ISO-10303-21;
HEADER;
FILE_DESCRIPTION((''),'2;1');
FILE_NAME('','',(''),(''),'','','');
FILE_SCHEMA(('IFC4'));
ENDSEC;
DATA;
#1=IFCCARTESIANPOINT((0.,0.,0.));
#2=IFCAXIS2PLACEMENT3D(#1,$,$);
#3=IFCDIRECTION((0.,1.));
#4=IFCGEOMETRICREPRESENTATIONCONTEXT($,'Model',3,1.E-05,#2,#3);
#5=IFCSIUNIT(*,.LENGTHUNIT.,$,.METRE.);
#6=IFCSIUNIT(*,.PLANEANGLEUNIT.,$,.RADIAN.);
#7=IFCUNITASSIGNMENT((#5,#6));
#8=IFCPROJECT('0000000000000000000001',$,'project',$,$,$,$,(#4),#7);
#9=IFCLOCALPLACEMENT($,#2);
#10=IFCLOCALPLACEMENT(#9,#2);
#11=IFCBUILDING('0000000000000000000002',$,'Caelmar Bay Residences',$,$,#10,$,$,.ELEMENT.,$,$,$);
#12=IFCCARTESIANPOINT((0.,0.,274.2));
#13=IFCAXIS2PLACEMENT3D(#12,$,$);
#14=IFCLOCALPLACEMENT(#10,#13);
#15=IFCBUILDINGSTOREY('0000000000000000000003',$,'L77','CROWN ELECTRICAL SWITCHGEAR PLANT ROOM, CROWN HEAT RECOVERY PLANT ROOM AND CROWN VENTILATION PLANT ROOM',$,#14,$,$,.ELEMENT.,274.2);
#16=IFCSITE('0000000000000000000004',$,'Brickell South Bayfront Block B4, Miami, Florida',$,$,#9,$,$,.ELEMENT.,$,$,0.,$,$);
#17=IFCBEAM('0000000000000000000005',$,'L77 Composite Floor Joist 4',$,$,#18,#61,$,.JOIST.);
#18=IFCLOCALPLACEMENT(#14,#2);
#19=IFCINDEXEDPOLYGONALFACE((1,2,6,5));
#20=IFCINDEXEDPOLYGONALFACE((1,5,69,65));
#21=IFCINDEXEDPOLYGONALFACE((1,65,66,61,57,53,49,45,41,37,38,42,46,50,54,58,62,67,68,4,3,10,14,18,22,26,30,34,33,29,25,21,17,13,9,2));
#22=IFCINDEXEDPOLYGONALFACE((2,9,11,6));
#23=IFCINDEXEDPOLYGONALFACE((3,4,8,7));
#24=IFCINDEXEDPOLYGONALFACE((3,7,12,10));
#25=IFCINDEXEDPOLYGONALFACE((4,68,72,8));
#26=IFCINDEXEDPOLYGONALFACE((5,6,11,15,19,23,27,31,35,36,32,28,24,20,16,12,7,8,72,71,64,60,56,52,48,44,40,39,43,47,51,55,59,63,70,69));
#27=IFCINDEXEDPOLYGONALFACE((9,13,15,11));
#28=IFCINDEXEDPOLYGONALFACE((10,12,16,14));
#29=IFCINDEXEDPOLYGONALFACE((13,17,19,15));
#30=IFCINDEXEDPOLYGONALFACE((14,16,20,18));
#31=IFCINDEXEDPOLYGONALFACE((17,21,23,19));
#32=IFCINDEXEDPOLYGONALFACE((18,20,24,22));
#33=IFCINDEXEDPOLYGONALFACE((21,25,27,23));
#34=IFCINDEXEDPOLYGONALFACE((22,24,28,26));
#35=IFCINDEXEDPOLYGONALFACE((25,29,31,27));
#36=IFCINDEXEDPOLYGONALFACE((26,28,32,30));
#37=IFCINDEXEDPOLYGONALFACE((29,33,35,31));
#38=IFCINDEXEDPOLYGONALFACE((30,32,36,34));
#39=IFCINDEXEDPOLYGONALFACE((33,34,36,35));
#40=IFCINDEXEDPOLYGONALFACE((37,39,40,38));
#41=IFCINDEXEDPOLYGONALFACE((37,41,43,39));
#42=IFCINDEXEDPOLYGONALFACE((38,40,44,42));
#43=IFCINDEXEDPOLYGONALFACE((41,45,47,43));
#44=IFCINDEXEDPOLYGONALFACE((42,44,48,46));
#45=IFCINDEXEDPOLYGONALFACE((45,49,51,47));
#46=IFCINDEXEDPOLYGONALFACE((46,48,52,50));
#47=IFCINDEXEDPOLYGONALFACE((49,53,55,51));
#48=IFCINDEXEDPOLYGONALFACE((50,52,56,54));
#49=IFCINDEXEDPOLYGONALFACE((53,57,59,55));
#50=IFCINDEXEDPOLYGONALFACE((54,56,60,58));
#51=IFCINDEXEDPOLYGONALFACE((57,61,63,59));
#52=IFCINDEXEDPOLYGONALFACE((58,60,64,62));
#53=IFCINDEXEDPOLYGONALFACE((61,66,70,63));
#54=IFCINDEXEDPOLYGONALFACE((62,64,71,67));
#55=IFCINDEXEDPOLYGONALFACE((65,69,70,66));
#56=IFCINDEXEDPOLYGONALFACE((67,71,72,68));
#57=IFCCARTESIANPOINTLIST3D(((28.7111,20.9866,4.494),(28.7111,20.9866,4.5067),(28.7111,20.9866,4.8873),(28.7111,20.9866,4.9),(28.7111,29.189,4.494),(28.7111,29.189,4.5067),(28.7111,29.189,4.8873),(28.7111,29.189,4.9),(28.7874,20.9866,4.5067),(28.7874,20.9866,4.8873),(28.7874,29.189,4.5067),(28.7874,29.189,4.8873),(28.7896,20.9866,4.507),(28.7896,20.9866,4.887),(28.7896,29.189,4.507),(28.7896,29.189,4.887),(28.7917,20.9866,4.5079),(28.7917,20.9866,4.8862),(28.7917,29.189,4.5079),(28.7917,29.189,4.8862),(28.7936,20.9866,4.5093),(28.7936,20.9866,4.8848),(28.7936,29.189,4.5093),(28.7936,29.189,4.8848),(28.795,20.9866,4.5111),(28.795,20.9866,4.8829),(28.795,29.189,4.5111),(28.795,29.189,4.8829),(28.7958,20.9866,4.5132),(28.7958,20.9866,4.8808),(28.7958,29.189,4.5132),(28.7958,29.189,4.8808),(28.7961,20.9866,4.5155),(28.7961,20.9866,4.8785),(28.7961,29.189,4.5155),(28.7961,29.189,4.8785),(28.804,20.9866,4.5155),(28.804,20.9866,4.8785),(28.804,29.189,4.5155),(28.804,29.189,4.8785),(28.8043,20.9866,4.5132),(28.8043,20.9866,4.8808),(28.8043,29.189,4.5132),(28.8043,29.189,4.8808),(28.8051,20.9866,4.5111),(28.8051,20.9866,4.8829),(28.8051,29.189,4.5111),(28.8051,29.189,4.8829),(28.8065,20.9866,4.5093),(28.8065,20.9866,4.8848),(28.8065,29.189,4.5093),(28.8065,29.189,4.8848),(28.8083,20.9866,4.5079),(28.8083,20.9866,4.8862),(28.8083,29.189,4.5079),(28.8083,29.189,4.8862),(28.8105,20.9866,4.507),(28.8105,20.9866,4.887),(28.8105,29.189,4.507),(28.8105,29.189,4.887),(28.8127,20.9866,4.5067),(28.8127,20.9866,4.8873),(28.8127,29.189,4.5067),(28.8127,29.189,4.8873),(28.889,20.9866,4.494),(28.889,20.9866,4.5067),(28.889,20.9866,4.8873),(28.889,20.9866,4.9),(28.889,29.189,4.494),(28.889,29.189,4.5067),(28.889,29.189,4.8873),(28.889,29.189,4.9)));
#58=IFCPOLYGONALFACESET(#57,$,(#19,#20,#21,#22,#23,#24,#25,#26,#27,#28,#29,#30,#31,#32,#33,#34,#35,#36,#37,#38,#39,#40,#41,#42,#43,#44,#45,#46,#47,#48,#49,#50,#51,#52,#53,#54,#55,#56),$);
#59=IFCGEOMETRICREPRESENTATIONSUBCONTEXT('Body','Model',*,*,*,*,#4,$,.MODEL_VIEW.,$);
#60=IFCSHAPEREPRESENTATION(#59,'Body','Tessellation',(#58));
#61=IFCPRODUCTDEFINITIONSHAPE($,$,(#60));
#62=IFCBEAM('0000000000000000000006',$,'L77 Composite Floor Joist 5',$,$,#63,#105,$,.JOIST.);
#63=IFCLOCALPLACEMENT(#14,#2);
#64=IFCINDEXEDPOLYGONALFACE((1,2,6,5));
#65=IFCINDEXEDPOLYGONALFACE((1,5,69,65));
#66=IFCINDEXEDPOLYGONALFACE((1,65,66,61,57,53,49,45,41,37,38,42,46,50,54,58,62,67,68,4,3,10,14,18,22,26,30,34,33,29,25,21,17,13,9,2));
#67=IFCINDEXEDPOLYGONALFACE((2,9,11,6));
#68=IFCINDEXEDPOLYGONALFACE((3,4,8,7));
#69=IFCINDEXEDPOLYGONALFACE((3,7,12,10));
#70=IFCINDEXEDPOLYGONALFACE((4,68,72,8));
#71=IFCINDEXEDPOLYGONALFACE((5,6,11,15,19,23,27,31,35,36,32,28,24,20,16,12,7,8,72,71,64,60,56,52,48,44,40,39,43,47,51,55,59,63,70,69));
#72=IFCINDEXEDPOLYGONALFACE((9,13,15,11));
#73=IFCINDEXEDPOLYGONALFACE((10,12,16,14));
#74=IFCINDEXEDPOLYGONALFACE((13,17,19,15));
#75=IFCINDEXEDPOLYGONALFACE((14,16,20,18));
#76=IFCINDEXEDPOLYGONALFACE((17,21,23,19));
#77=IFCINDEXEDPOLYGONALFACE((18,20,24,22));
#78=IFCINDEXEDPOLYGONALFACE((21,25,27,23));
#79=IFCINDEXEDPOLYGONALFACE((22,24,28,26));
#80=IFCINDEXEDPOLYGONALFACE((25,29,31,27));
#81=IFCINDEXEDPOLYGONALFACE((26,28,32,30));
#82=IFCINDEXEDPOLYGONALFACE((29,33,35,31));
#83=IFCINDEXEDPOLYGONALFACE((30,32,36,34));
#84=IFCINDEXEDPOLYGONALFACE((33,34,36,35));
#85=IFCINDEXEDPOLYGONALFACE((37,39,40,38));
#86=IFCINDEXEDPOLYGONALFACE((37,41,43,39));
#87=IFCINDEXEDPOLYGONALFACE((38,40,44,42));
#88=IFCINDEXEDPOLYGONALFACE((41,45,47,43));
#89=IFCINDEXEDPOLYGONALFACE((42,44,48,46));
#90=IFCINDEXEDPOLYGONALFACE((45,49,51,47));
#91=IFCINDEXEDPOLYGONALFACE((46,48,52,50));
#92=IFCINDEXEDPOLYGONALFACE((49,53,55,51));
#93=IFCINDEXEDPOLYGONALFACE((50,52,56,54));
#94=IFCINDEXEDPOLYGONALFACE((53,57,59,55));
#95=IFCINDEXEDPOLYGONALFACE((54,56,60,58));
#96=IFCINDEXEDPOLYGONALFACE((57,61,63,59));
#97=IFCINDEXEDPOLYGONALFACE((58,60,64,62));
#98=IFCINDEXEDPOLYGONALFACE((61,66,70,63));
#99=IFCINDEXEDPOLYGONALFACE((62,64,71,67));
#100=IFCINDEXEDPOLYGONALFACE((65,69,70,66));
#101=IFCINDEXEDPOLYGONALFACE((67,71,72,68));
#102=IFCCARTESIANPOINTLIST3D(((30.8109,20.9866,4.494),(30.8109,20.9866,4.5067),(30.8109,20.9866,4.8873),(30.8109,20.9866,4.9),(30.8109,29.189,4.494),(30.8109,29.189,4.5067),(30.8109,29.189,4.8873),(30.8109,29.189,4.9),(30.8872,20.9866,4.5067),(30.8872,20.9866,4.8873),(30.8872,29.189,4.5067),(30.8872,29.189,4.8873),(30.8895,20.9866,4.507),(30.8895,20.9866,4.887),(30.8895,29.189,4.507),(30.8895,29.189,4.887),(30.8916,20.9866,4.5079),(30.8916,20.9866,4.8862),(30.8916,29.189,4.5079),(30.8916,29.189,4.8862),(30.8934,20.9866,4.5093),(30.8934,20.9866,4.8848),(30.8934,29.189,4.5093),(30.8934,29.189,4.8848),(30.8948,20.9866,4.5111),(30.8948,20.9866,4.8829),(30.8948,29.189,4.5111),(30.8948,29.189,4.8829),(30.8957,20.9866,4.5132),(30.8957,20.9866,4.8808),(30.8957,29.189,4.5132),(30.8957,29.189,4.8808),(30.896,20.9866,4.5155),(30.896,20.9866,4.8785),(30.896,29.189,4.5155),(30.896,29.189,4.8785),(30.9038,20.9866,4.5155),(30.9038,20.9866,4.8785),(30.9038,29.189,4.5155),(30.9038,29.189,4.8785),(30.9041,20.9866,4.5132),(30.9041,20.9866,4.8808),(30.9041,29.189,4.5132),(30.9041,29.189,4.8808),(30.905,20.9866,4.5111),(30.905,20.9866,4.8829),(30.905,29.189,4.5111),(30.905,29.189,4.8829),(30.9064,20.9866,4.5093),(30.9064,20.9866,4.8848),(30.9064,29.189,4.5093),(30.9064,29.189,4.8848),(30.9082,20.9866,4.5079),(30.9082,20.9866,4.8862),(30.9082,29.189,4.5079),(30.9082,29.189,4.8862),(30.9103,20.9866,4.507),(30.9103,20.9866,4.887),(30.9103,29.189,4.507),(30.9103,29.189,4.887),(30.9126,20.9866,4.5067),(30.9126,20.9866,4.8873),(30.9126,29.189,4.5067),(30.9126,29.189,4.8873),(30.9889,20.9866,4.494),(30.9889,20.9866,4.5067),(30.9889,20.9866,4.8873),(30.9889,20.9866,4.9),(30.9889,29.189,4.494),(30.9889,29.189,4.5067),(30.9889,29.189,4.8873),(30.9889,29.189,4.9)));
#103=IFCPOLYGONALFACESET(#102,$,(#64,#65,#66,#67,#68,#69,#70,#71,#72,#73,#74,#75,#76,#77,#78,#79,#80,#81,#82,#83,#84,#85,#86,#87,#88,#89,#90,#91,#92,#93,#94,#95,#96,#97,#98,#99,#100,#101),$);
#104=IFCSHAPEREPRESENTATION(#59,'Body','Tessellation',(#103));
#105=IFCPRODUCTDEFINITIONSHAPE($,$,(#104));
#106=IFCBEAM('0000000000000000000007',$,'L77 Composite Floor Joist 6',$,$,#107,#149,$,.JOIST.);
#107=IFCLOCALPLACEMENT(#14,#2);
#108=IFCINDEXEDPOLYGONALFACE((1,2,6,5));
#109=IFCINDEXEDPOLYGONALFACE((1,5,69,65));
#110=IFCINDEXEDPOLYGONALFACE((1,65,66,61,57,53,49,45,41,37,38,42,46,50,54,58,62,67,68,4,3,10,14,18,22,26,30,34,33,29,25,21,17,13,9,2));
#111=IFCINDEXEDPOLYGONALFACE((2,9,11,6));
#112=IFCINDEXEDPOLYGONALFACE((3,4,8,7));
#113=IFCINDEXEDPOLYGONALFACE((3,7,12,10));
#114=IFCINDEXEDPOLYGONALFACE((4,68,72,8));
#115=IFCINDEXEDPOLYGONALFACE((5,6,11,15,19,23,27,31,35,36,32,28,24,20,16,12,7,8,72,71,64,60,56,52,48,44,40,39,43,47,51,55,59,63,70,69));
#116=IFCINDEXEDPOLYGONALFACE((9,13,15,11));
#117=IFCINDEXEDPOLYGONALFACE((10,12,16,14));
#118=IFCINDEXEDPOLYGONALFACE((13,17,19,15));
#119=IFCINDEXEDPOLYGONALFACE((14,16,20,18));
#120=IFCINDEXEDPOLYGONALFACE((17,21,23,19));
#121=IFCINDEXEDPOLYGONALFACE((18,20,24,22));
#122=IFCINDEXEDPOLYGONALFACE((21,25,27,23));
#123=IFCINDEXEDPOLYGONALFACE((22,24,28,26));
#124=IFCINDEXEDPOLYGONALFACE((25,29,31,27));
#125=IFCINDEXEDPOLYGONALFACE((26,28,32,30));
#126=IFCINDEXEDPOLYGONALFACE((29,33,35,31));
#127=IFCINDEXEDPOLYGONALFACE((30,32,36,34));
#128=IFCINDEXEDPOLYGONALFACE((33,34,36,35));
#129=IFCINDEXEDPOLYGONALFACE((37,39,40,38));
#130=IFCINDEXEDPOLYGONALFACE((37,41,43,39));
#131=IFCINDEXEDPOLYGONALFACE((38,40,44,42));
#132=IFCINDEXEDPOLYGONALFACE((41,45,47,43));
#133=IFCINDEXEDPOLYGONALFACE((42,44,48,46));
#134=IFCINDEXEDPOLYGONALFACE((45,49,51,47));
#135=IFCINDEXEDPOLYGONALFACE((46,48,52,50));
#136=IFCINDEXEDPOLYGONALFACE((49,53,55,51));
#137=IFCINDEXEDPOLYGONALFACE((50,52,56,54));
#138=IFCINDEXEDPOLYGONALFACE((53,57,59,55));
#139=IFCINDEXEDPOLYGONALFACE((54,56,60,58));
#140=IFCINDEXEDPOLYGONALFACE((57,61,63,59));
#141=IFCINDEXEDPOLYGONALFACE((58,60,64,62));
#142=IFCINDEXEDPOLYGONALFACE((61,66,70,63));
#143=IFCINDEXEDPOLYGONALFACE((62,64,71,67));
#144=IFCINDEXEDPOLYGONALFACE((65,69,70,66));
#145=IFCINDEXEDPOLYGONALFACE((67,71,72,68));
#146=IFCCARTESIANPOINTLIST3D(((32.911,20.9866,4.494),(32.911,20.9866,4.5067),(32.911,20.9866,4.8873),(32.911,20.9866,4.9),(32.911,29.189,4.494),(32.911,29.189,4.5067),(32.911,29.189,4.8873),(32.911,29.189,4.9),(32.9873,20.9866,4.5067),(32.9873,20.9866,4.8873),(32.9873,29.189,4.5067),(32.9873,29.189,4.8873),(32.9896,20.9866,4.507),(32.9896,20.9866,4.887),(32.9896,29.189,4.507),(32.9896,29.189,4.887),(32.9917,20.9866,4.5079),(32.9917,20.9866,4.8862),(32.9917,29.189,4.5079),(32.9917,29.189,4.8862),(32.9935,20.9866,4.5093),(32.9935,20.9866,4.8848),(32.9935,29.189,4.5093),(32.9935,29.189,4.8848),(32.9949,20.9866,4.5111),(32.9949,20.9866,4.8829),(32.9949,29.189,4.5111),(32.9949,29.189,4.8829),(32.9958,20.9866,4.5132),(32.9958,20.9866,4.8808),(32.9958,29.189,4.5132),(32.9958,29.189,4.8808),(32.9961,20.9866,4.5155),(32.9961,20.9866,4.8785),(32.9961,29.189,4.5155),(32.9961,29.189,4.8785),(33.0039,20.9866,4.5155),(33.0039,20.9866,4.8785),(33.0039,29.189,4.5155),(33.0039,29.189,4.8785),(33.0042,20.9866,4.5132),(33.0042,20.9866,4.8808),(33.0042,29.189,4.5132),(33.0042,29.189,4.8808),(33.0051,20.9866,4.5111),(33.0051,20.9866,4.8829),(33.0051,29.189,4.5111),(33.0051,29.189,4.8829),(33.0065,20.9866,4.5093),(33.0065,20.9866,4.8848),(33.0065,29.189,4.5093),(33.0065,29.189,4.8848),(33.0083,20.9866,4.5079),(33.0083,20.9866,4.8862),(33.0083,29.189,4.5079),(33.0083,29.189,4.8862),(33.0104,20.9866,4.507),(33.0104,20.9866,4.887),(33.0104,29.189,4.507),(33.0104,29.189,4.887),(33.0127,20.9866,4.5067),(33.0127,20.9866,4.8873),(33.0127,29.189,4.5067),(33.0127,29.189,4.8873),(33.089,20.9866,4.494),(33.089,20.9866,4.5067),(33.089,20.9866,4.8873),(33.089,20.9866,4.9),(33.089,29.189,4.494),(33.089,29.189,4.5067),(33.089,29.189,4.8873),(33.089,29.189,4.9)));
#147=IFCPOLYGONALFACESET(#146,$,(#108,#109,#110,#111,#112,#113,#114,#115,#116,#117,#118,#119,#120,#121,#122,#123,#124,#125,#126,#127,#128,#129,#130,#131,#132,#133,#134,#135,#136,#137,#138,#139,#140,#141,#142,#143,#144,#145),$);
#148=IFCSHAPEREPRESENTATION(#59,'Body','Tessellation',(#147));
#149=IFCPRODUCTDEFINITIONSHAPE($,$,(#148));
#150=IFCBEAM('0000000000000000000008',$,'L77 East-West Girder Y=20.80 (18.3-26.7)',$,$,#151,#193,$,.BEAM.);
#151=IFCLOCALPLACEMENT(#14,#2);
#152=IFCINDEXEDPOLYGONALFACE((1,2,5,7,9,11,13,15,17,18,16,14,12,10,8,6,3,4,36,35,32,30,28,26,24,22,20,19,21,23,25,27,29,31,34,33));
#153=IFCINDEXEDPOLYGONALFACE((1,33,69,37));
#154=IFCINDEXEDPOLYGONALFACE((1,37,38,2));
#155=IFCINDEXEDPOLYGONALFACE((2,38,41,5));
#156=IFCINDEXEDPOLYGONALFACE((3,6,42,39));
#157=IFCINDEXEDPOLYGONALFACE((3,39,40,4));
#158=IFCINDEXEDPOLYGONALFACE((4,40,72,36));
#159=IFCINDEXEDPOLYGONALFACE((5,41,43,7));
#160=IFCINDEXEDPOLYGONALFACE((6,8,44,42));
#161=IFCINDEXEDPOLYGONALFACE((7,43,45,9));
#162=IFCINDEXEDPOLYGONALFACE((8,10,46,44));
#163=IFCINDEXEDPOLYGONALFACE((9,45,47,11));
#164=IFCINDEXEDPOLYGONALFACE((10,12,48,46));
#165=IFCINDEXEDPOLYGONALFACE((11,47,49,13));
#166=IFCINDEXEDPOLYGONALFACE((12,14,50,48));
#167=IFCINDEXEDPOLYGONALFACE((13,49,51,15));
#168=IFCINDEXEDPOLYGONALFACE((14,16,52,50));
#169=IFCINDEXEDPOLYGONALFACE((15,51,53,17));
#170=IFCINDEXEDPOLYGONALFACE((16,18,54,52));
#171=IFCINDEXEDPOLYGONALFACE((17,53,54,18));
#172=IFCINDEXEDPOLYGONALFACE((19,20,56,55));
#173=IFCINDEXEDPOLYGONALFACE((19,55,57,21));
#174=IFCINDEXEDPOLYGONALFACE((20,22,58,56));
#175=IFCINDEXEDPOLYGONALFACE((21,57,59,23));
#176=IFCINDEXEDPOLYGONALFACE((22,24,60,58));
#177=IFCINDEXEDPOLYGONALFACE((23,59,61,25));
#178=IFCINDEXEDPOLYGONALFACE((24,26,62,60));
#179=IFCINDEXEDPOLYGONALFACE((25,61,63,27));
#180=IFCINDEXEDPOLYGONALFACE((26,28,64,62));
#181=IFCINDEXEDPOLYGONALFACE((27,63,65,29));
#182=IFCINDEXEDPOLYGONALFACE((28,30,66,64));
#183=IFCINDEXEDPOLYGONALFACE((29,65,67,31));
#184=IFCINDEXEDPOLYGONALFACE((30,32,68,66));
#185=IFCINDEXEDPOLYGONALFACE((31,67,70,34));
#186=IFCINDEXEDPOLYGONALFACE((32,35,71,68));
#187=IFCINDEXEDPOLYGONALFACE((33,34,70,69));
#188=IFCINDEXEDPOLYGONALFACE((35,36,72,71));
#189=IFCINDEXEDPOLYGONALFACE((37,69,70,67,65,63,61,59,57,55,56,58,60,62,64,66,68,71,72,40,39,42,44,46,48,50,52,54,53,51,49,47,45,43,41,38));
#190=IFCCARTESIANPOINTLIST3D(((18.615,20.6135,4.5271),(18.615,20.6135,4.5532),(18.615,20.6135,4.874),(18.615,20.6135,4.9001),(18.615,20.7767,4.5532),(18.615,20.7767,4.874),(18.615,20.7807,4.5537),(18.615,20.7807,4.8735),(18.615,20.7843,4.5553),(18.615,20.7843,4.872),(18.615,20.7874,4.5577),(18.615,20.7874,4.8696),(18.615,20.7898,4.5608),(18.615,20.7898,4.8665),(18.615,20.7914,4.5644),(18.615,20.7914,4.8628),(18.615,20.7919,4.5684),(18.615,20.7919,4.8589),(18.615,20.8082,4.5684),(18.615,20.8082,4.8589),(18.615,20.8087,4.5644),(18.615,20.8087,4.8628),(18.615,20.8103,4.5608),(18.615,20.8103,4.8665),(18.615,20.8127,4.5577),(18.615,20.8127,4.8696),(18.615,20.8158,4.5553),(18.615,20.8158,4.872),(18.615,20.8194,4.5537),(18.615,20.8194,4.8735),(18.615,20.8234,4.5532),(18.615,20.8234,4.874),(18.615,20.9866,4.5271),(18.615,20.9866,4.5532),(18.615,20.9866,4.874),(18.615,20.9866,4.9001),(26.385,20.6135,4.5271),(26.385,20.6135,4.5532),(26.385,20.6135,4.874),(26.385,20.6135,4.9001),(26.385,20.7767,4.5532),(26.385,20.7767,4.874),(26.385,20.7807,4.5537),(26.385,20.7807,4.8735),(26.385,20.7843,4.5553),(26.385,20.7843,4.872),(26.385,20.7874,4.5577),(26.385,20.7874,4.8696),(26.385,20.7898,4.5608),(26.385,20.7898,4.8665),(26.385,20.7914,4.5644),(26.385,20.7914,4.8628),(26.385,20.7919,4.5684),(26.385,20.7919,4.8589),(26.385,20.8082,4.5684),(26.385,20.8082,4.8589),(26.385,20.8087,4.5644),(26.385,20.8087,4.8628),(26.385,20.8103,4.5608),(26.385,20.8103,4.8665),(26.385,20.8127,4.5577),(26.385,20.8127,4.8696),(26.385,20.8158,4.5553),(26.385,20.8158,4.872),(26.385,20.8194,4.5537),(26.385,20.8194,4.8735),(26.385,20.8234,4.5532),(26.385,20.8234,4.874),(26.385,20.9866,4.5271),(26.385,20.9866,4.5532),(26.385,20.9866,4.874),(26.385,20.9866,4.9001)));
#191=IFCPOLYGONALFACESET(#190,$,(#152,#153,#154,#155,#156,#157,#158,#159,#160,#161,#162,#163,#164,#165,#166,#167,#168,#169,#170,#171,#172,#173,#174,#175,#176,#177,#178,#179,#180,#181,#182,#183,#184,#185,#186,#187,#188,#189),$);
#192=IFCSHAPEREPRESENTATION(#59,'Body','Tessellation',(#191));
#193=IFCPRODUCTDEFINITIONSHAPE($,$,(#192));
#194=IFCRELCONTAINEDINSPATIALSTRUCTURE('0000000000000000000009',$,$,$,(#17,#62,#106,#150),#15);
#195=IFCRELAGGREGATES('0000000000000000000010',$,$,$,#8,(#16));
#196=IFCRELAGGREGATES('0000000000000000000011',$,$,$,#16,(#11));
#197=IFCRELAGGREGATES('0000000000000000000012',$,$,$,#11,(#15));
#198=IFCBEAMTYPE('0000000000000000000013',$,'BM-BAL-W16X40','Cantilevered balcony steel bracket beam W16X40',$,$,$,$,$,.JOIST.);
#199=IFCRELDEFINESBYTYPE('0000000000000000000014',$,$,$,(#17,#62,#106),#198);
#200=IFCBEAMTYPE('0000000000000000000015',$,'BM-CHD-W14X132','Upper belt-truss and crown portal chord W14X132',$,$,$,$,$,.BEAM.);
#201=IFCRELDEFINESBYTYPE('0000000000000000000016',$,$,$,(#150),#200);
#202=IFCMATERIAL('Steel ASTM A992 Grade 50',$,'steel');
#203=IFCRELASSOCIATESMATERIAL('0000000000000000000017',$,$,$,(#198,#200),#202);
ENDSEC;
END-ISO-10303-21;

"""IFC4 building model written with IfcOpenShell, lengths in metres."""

from ifc_helpers import new_model, si_unit, direction, frame, origin, origin_2d, place, context, subcontext, project, spatial, i_section, extrude, material, material_profile, profile_set, type_object, element, save


model = new_model("IFC4")

# Units and contexts
model_context = context("Model", 3, precision=1e-05, world=origin(), true_north=direction((0.0, 1.0)))
body_context = subcontext(model_context, "Body", "Model", "MODEL_VIEW")
ifc_project = project(units=[si_unit("LENGTHUNIT", "METRE"), si_unit("PLANEANGLEUNIT", "RADIAN")], contexts=[model_context])

# Site, building, storey
site_placement = place(None, origin())
site = spatial("IfcSite", under=ifc_project, at=site_placement, Name="Brickell South Bayfront Block B4, Miami, Florida", CompositionType="ELEMENT", RefElevation=0.0)
building_placement = place(site_placement, origin())
building = spatial("IfcBuilding", under=site, at=building_placement, Name="Caelmar Bay Residences", CompositionType="ELEMENT")
storey_placement = place(building_placement, frame((0.0, 0.0, 274.2)))
storey = spatial("IfcBuildingStorey", under=building, at=storey_placement, Name="L77", Description="CROWN ELECTRICAL SWITCHGEAR PLANT ROOM, CROWN HEAT RECOVERY PLANT ROOM AND CROWN VENTILATION PLANT ROOM", CompositionType="ELEMENT", Elevation=274.2)

# Beams
ifc_material_1 = material(Name="Steel ASTM A992 Grade 50", Category="steel")
ifc_material_profile_1 = material_profile(ifc_material_1, i_section(OverallWidth=0.178, OverallDepth=0.406, WebThickness=0.0078, FlangeThickness=0.0127, FilletRadius=0.0088, at=origin_2d()), Name="W16X40")
ifc_profile_set_1 = profile_set([ifc_material_profile_1], Name="Steel ASTM A992 Grade 50")
beam_type_1 = type_object("IfcBeamType", Name="BM-BAL-W16X40", Description="Cantilevered balcony steel bracket beam W16X40", PredefinedType="JOIST", material=ifc_profile_set_1)
for number, where, z_axis, x_axis, name in (
    (1, (28.8, 20.9866, 4.697), (0.0, 1.0, 0.0), (-1.0, 0.0, 0.0), "L77 Composite Floor Joist 4"),
    (2, (30.8999, 20.9866, 4.697), (0.0, 1.0, 0.0), (-1.0, 0.0, 0.0), "L77 Composite Floor Joist 5"),
    (3, (33.0, 20.9866, 4.697), (0.0, 1.0, 0.0), (-1.0, 0.0, 0.0), "L77 Composite Floor Joist 6"),
):
    element("IfcBeam", number, at=place(storey_placement, frame(where, z_axis=z_axis, x_axis=x_axis)), inside=storey, type_object=beam_type_1, Name=name, PredefinedType="JOIST", context=body_context, shape_type="SweptSolid", body=[
        extrude(i_section(OverallWidth=0.178, OverallDepth=0.406, WebThickness=0.0078, FlangeThickness=0.0127, FilletRadius=0.0088, at=origin_2d()), origin(), (0.0, 0.0, 1.0), 8.2024),
    ])
ifc_material_profile_2 = material_profile(ifc_material_1, i_section(OverallWidth=0.373, OverallDepth=0.373, WebThickness=0.0164, FlangeThickness=0.0261, FilletRadius=0.0151, at=origin_2d()), Name="W14X132")
ifc_profile_set_2 = profile_set([ifc_material_profile_2], Name="Steel ASTM A992 Grade 50")
beam_type_2 = type_object("IfcBeamType", Name="BM-CHD-W14X132", Description="Upper belt-truss and crown portal chord W14X132", PredefinedType="BEAM", material=ifc_profile_set_2)
for number, where, z_axis, x_axis, name in (
    (4, (18.615, 20.8, 4.7136), (1.0, 0.0, 0.0), (0.0, 1.0, 0.0), "L77 East-West Girder Y=20.80 (18.3-26.7)"),
):
    element("IfcBeam", number, at=place(storey_placement, frame(where, z_axis=z_axis, x_axis=x_axis)), inside=storey, type_object=beam_type_2, Name=name, PredefinedType="BEAM", context=body_context, shape_type="SweptSolid", body=[
        extrude(i_section(OverallWidth=0.373, OverallDepth=0.373, WebThickness=0.0164, FlangeThickness=0.0261, FilletRadius=0.0151, at=origin_2d()), origin(), (0.0, 0.0, 1.0), 7.77),
    ])

save(model, "model.ifc")
